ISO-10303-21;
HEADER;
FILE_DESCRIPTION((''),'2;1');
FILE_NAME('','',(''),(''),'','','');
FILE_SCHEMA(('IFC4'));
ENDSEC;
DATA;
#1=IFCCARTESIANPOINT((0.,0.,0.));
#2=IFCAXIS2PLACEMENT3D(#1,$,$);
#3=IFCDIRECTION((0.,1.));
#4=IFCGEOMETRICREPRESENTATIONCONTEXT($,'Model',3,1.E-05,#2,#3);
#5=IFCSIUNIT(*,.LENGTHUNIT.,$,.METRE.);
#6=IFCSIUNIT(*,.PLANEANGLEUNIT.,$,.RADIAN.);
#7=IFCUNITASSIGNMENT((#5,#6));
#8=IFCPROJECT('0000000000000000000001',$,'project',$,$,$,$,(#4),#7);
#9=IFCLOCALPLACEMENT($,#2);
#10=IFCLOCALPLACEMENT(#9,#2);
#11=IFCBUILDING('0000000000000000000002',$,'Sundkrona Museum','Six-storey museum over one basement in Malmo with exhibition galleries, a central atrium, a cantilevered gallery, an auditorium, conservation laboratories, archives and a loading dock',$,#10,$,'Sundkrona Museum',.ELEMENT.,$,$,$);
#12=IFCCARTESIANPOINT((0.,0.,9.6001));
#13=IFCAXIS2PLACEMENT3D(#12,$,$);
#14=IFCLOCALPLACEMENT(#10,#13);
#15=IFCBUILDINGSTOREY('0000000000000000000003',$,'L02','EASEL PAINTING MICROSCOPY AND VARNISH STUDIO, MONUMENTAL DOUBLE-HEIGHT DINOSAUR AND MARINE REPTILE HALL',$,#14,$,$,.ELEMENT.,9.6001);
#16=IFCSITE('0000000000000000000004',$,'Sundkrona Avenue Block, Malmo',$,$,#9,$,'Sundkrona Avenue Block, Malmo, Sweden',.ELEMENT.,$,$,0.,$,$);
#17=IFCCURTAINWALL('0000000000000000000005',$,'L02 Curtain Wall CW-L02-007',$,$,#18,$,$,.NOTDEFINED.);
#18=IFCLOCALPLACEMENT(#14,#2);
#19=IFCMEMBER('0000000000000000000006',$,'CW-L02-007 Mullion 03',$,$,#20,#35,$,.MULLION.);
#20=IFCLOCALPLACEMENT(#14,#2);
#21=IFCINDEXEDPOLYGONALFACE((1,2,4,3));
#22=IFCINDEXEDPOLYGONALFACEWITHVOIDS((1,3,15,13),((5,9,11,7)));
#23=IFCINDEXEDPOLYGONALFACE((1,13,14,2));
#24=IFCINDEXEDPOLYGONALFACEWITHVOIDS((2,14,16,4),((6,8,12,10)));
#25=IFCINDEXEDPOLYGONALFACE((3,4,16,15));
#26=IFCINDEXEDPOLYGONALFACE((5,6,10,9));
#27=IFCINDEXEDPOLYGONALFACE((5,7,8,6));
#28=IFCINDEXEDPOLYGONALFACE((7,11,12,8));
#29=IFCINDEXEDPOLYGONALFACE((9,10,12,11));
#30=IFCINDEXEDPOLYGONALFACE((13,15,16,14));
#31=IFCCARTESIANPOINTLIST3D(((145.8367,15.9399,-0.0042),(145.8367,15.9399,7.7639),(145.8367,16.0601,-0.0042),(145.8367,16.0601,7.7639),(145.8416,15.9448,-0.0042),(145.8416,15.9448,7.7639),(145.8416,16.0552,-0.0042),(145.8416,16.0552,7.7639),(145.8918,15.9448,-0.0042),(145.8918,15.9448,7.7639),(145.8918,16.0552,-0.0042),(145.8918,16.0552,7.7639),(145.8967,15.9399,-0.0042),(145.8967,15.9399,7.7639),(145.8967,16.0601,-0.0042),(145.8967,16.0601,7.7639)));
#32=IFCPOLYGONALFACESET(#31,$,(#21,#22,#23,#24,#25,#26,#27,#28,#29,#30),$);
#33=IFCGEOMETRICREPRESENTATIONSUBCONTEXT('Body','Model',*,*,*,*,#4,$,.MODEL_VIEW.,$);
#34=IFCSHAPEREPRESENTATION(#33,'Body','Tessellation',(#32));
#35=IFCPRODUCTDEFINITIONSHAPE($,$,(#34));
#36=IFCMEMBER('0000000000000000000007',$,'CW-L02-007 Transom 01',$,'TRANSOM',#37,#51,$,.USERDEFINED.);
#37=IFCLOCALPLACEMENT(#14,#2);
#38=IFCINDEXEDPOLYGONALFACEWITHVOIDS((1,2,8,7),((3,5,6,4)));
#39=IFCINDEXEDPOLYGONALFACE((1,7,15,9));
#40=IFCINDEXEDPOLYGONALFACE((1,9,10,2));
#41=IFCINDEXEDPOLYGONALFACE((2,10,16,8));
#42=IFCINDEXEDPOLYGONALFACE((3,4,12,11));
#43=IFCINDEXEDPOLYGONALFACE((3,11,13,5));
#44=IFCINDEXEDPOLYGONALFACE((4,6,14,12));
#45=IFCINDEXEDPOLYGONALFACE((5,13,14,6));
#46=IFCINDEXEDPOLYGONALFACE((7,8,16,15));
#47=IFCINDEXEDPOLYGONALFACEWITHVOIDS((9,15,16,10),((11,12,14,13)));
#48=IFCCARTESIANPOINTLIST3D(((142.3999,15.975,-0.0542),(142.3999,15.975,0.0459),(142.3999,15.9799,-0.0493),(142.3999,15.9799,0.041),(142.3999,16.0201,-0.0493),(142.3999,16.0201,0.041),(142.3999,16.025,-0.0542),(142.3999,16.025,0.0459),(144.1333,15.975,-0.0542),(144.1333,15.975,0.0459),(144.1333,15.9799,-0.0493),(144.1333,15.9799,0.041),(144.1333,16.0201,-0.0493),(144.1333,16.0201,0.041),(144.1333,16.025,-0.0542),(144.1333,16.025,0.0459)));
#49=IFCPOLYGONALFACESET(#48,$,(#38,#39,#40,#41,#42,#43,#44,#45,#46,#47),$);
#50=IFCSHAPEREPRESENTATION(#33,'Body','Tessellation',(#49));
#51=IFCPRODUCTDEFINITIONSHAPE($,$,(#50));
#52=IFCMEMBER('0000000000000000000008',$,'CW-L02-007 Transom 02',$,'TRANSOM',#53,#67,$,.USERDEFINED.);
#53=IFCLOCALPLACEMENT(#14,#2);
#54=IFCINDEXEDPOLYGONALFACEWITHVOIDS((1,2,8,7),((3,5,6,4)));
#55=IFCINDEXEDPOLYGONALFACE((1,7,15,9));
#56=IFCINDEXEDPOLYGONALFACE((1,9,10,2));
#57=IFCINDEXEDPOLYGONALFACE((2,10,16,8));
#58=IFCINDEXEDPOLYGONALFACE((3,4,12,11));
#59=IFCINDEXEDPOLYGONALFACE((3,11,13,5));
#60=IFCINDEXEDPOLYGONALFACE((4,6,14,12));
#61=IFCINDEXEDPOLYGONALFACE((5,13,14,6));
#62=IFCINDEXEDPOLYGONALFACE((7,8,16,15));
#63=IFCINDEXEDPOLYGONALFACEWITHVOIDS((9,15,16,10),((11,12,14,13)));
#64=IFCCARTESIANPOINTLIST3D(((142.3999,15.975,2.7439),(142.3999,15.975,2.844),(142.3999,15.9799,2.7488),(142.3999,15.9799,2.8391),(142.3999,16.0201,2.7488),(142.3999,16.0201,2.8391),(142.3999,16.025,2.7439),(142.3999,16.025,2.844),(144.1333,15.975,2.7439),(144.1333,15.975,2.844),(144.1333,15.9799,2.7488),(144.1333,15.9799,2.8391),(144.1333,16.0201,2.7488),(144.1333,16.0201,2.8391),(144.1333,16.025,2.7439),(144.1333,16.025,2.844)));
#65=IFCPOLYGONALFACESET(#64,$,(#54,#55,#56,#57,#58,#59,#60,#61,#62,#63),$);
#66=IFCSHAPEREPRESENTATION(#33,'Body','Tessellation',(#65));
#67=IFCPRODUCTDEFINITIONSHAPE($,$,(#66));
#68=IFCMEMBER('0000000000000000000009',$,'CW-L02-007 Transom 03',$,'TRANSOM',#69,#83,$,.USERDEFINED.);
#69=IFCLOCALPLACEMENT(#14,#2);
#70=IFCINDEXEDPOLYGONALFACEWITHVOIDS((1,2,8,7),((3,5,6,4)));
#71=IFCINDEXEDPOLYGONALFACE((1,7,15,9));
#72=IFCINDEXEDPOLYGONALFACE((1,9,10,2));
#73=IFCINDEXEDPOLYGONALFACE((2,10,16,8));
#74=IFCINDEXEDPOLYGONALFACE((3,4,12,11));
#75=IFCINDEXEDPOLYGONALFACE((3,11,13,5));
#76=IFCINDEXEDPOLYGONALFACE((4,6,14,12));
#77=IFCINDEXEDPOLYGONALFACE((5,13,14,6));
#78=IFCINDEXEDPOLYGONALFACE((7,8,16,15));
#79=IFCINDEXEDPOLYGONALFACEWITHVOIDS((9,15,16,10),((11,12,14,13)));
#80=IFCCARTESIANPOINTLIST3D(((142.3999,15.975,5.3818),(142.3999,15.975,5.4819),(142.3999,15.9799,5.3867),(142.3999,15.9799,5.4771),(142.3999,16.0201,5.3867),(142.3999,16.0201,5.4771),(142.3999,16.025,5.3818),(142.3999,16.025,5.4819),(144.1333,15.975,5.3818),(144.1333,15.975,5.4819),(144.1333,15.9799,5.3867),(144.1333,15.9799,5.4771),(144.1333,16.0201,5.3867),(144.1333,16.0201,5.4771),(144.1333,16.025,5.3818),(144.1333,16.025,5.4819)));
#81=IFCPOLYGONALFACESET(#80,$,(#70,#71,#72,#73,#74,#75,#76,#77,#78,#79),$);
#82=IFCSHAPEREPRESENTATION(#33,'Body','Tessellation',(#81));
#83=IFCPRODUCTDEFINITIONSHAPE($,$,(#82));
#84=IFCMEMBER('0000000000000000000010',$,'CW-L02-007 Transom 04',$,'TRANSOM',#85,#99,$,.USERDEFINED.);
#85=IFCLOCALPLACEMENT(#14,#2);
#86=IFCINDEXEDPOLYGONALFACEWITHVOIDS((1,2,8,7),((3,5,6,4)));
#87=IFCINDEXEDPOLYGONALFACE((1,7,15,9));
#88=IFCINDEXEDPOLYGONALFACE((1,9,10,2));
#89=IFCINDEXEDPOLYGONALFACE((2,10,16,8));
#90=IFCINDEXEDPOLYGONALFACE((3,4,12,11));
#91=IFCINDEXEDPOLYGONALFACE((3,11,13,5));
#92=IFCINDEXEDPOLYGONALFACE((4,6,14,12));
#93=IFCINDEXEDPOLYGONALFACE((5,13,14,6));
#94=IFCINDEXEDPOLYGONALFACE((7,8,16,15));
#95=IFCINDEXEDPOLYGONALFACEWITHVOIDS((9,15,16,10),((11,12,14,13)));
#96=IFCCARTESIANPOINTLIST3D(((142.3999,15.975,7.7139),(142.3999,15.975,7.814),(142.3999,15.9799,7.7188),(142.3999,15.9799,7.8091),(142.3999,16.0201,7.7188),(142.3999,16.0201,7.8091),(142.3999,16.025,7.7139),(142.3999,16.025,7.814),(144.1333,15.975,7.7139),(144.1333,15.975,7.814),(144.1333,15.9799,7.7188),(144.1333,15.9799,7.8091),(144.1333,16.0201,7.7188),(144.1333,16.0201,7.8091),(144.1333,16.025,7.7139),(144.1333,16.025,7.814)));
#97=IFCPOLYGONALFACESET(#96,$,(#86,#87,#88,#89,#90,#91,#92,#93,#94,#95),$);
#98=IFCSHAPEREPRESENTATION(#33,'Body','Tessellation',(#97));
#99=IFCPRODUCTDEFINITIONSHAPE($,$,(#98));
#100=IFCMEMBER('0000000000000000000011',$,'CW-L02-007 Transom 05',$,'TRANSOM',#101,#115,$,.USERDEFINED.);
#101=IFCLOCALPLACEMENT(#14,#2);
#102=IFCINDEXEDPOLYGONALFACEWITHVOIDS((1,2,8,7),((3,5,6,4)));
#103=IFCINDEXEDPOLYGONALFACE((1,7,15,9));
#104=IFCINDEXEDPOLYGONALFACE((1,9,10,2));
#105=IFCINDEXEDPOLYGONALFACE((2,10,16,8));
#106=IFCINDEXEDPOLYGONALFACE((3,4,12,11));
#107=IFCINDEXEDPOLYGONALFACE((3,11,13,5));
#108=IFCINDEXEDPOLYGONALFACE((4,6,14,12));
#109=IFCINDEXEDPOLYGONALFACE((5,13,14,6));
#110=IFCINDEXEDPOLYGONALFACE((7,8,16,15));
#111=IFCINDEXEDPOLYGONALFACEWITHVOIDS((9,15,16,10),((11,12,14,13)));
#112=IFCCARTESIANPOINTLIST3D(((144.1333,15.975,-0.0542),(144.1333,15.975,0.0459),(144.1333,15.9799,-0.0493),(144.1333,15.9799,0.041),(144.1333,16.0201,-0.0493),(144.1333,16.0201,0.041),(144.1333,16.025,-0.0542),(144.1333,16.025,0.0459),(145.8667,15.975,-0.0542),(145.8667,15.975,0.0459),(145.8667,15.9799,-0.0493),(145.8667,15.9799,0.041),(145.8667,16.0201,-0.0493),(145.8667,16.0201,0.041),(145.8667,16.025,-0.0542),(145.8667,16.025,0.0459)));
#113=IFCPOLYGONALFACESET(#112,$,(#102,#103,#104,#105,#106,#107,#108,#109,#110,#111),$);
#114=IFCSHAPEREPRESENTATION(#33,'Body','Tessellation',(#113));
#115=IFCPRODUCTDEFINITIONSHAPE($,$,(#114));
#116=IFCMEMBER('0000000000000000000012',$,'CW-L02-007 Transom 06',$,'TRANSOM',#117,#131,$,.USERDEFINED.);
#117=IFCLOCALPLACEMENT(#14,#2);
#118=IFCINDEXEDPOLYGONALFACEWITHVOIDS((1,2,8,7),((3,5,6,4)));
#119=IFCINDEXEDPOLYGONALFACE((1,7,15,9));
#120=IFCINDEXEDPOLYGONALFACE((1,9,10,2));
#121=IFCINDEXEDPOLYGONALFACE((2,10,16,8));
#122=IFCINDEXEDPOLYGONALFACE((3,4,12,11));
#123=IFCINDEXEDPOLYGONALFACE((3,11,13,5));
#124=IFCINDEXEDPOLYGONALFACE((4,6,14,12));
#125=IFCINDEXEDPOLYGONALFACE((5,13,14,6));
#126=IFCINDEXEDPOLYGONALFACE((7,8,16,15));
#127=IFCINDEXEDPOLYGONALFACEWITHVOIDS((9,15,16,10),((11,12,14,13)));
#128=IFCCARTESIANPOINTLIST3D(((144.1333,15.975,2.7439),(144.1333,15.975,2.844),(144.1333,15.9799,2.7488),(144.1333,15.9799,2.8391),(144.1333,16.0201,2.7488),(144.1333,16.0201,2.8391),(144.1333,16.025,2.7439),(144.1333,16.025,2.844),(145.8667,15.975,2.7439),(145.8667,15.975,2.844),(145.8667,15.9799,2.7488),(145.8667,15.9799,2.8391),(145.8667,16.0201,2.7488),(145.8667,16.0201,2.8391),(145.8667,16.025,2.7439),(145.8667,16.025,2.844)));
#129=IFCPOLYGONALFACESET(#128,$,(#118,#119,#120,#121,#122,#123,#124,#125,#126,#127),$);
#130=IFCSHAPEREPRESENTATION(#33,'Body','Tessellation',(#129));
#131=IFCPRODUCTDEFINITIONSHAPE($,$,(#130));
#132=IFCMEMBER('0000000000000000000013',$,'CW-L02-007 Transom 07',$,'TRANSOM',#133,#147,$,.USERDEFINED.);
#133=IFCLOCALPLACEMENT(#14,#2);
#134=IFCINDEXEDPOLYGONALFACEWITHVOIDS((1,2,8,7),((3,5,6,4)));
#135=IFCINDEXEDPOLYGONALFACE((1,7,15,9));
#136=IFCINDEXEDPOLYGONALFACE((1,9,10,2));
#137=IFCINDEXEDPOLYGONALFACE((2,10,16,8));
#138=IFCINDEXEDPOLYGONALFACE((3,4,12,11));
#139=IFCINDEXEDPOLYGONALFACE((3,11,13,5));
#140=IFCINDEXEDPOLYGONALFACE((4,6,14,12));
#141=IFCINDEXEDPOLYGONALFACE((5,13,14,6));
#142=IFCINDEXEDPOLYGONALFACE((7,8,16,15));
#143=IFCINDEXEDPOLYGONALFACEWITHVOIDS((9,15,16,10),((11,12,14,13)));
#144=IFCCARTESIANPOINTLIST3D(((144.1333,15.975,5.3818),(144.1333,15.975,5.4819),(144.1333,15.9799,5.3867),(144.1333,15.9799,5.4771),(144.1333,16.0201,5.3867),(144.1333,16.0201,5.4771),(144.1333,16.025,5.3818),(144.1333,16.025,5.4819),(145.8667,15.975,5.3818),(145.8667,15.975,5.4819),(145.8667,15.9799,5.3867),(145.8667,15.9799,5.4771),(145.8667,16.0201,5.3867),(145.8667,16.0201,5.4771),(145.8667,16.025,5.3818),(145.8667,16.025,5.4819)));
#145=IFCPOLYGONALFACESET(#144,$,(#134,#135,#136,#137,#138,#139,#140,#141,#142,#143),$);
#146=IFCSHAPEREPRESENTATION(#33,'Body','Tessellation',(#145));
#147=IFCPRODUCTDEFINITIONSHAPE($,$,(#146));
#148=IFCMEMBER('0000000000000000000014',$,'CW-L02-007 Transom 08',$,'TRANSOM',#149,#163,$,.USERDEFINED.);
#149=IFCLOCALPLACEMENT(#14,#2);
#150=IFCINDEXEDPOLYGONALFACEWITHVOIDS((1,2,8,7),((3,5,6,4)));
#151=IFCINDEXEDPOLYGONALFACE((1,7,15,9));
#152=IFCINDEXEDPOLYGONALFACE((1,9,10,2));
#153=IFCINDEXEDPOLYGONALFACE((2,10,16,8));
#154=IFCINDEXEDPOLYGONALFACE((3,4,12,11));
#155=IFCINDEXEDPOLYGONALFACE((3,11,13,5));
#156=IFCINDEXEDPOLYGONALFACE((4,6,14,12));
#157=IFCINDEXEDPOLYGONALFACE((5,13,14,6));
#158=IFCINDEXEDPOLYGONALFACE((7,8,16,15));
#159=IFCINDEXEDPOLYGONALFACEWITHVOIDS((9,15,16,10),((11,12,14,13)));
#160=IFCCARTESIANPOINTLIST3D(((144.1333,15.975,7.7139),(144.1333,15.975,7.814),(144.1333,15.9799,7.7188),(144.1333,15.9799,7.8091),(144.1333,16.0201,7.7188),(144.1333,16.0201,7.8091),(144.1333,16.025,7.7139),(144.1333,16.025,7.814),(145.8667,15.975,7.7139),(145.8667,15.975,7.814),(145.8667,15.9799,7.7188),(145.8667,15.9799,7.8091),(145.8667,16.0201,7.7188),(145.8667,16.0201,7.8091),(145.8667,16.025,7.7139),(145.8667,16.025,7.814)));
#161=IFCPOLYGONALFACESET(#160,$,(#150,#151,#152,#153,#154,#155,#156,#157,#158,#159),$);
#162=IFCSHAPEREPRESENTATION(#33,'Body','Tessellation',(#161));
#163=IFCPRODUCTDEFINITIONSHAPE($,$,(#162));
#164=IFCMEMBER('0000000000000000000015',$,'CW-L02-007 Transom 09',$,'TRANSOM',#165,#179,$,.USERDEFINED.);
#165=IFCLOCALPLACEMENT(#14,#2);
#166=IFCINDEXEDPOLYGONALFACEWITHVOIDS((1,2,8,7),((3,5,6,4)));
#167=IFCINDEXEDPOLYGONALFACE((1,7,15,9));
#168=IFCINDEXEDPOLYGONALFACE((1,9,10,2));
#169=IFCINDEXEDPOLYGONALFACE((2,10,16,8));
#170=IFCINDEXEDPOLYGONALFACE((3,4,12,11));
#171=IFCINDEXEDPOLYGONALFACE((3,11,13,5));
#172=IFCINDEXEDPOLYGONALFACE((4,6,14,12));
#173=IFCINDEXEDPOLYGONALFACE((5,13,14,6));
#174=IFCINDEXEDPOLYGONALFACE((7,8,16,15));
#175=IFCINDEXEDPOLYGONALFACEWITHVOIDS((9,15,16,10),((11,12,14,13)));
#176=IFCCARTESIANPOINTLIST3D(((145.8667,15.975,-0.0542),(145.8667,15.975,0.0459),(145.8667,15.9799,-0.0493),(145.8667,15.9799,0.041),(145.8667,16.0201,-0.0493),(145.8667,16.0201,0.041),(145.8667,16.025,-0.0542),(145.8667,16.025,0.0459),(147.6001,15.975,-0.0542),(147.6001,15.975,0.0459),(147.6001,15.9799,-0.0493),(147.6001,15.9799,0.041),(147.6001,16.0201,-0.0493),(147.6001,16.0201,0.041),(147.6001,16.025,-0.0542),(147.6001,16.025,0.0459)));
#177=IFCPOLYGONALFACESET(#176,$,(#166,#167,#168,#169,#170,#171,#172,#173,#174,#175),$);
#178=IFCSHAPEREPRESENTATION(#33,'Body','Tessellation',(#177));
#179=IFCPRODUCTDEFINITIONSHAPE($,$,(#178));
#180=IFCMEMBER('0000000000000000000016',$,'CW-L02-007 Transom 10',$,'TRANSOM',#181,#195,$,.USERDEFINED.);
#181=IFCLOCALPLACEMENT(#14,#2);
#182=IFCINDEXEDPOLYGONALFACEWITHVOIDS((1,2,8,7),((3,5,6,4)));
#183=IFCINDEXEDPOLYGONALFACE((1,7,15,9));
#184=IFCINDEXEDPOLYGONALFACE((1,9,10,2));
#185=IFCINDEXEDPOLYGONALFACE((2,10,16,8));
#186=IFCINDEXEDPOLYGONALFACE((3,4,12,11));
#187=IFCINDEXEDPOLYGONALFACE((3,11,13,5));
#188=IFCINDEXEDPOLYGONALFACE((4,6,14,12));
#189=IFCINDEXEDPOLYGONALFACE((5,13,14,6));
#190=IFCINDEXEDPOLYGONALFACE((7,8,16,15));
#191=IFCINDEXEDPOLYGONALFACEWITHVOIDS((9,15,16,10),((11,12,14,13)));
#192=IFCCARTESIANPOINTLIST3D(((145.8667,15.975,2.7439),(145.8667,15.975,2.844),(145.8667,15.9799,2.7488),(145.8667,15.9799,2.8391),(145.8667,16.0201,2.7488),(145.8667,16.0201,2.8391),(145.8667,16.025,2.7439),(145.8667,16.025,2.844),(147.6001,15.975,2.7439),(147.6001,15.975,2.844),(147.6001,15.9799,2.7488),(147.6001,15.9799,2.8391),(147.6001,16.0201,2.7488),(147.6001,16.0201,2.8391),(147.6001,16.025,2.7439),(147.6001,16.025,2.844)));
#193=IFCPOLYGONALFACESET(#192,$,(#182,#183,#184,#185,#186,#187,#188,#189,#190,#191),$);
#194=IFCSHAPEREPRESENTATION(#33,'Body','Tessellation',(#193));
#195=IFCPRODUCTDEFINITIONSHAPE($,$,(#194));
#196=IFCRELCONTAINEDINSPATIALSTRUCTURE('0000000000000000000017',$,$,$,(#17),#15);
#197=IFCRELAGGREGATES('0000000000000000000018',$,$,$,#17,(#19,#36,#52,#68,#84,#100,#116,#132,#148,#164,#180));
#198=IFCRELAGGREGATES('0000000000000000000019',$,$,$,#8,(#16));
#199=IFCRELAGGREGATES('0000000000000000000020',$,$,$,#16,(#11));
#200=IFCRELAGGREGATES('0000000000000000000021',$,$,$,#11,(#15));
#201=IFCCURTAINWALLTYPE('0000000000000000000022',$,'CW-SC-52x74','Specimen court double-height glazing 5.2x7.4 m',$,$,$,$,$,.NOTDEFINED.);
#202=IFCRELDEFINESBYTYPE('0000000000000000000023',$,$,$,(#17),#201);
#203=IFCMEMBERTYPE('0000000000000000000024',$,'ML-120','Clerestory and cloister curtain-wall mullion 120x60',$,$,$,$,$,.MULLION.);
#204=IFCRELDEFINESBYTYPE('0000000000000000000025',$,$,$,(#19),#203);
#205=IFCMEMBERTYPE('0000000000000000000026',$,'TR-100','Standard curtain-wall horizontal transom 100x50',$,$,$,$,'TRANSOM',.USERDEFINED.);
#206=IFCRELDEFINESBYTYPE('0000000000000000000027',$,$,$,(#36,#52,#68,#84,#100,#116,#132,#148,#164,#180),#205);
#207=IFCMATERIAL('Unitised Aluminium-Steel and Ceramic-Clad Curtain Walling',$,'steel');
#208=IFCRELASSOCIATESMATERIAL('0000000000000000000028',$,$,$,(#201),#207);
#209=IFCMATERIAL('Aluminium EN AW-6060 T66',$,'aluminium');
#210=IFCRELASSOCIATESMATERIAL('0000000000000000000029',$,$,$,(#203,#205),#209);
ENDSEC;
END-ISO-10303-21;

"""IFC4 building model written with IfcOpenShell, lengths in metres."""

from ifc_helpers import new_model, si_unit, direction, frame, origin, origin_2d, place, context, subcontext, project, spatial, hollow_rectangle, extrude, material, material_profile, profile_set, type_object, element, aggregate, save


model = new_model("IFC4")

# Units and contexts
model_context = context("Model", 3, precision=1e-05, world=origin(), true_north=direction((0.0, 1.0)))
body_context = subcontext(model_context, "Body", "Model", "MODEL_VIEW")
ifc_project = project(units=[si_unit("LENGTHUNIT", "METRE"), si_unit("PLANEANGLEUNIT", "RADIAN")], contexts=[model_context])

# Site, building, storey
site_placement = place(None, origin())
site = spatial("IfcSite", under=ifc_project, at=site_placement, Name="Sundkrona Avenue Block, Malmo", LongName="Sundkrona Avenue Block, Malmo, Sweden", CompositionType="ELEMENT", RefElevation=0.0)
building_placement = place(site_placement, origin())
building = spatial("IfcBuilding", under=site, at=building_placement, Name="Sundkrona Museum", Description="Six-storey museum over one basement in Malmo with exhibition galleries, a central atrium, a cantilevered gallery, an auditorium, conservation laboratories, archives and a loading dock", LongName="Sundkrona Museum", CompositionType="ELEMENT")
storey_placement = place(building_placement, frame((0.0, 0.0, 9.6001)))
storey = spatial("IfcBuildingStorey", under=building, at=storey_placement, Name="L02", Description="EASEL PAINTING MICROSCOPY AND VARNISH STUDIO, MONUMENTAL DOUBLE-HEIGHT DINOSAUR AND MARINE REPTILE HALL", CompositionType="ELEMENT", Elevation=9.6001)

# Curtain wall, members
ifc_material_1 = material(Name="Unitised Aluminium-Steel and Ceramic-Clad Curtain Walling", Category="steel")
curtain_wall_type = type_object("IfcCurtainWallType", Name="CW-SC-52x74", Description="Specimen court double-height glazing 5.2x7.4 m", PredefinedType="NOTDEFINED", material=ifc_material_1)
curtain_wall_placement = place(storey_placement, origin())
curtain_wall = element("IfcCurtainWall", 1, at=curtain_wall_placement, inside=storey, type_object=curtain_wall_type, Name="L02 Curtain Wall CW-L02-007", PredefinedType="NOTDEFINED")
ifc_material_2 = material(Name="Aluminium EN AW-6060 T66", Category="aluminium")
ifc_material_profile_1 = material_profile(ifc_material_2, hollow_rectangle(XDim=0.0601, YDim=0.1201, WallThickness=0.0049, at=origin_2d()), Name="RHS 120x60x5.0")
ifc_profile_set_1 = profile_set([ifc_material_profile_1], Name="Aluminium EN AW-6060 T66")
member_type_1 = type_object("IfcMemberType", Name="ML-120", Description="Clerestory and cloister curtain-wall mullion 120x60", PredefinedType="MULLION", material=ifc_profile_set_1)
member_1_placement = place(storey_placement, frame((145.8667, 16.0, -0.0042), z_axis=(0.0, 0.0, 1.0), x_axis=(1.0, 0.0, 0.0)))
member_1 = element("IfcMember", 2, at=member_1_placement, type_object=member_type_1, Name="CW-L02-007 Mullion 03", PredefinedType="MULLION", context=body_context, shape_type="SweptSolid", body=[
    extrude(hollow_rectangle(XDim=0.0601, YDim=0.1201, WallThickness=0.0049, at=origin_2d()), origin(), (0.0, 0.0, 1.0), 7.7681),
])
ifc_material_profile_2 = material_profile(ifc_material_2, hollow_rectangle(XDim=0.05, YDim=0.1001, WallThickness=0.0049, at=origin_2d()), Name="RHS 100x50x5.0")
ifc_profile_set_2 = profile_set([ifc_material_profile_2], Name="Aluminium EN AW-6060 T66")
member_type_2 = type_object("IfcMemberType", Name="TR-100", Description="Standard curtain-wall horizontal transom 100x50", ElementType="TRANSOM", PredefinedType="USERDEFINED", material=ifc_profile_set_2)
member_2_placement = place(storey_placement, frame((142.3999, 16.0, -0.0042), z_axis=(1.0, 0.0, 0.0), x_axis=(0.0, 1.0, 0.0)))
member_2 = element("IfcMember", 3, at=member_2_placement, type_object=member_type_2, Name="CW-L02-007 Transom 01", ObjectType="TRANSOM", PredefinedType="USERDEFINED", context=body_context, shape_type="SweptSolid", body=[
    extrude(hollow_rectangle(XDim=0.05, YDim=0.1001, WallThickness=0.0049, at=origin_2d()), origin(), (0.0, 0.0, 1.0), 1.7334),
])
member_3_placement = place(storey_placement, frame((142.3999, 16.0, 2.7939), z_axis=(1.0, 0.0, 0.0), x_axis=(0.0, 1.0, 0.0)))
member_3 = element("IfcMember", 4, at=member_3_placement, type_object=member_type_2, Name="CW-L02-007 Transom 02", ObjectType="TRANSOM", PredefinedType="USERDEFINED", context=body_context, shape_type="SweptSolid", body=[
    extrude(hollow_rectangle(XDim=0.05, YDim=0.1001, WallThickness=0.0049, at=origin_2d()), origin(), (0.0, 0.0, 1.0), 1.7334),
])
member_4_placement = place(storey_placement, frame((142.3999, 16.0, 5.4319), z_axis=(1.0, 0.0, 0.0), x_axis=(0.0, 1.0, 0.0)))
member_4 = element("IfcMember", 5, at=member_4_placement, type_object=member_type_2, Name="CW-L02-007 Transom 03", ObjectType="TRANSOM", PredefinedType="USERDEFINED", context=body_context, shape_type="SweptSolid", body=[
    extrude(hollow_rectangle(XDim=0.05, YDim=0.1001, WallThickness=0.0049, at=origin_2d()), origin(), (0.0, 0.0, 1.0), 1.7334),
])
member_5_placement = place(storey_placement, frame((142.3999, 16.0, 7.7639), z_axis=(1.0, 0.0, 0.0), x_axis=(0.0, 1.0, 0.0)))
member_5 = element("IfcMember", 6, at=member_5_placement, type_object=member_type_2, Name="CW-L02-007 Transom 04", ObjectType="TRANSOM", PredefinedType="USERDEFINED", context=body_context, shape_type="SweptSolid", body=[
    extrude(hollow_rectangle(XDim=0.05, YDim=0.1001, WallThickness=0.0049, at=origin_2d()), origin(), (0.0, 0.0, 1.0), 1.7334),
])
member_6_placement = place(storey_placement, frame((144.1333, 16.0, -0.0042), z_axis=(1.0, 0.0, 0.0), x_axis=(0.0, 1.0, 0.0)))
member_6 = element("IfcMember", 7, at=member_6_placement, type_object=member_type_2, Name="CW-L02-007 Transom 05", ObjectType="TRANSOM", PredefinedType="USERDEFINED", context=body_context, shape_type="SweptSolid", body=[
    extrude(hollow_rectangle(XDim=0.05, YDim=0.1001, WallThickness=0.0049, at=origin_2d()), origin(), (0.0, 0.0, 1.0), 1.7334),
])
member_7_placement = place(storey_placement, frame((144.1333, 16.0, 2.7939), z_axis=(1.0, 0.0, 0.0), x_axis=(0.0, 1.0, 0.0)))
member_7 = element("IfcMember", 8, at=member_7_placement, type_object=member_type_2, Name="CW-L02-007 Transom 06", ObjectType="TRANSOM", PredefinedType="USERDEFINED", context=body_context, shape_type="SweptSolid", body=[
    extrude(hollow_rectangle(XDim=0.05, YDim=0.1001, WallThickness=0.0049, at=origin_2d()), origin(), (0.0, 0.0, 1.0), 1.7334),
])
member_8_placement = place(storey_placement, frame((144.1333, 16.0, 5.4319), z_axis=(1.0, 0.0, 0.0), x_axis=(0.0, 1.0, 0.0)))
member_8 = element("IfcMember", 9, at=member_8_placement, type_object=member_type_2, Name="CW-L02-007 Transom 07", ObjectType="TRANSOM", PredefinedType="USERDEFINED", context=body_context, shape_type="SweptSolid", body=[
    extrude(hollow_rectangle(XDim=0.05, YDim=0.1001, WallThickness=0.0049, at=origin_2d()), origin(), (0.0, 0.0, 1.0), 1.7334),
])
member_9_placement = place(storey_placement, frame((144.1333, 16.0, 7.7639), z_axis=(1.0, 0.0, 0.0), x_axis=(0.0, 1.0, 0.0)))
member_9 = element("IfcMember", 10, at=member_9_placement, type_object=member_type_2, Name="CW-L02-007 Transom 08", ObjectType="TRANSOM", PredefinedType="USERDEFINED", context=body_context, shape_type="SweptSolid", body=[
    extrude(hollow_rectangle(XDim=0.05, YDim=0.1001, WallThickness=0.0049, at=origin_2d()), origin(), (0.0, 0.0, 1.0), 1.7334),
])
member_10_placement = place(storey_placement, frame((145.8667, 16.0, -0.0042), z_axis=(1.0, 0.0, 0.0), x_axis=(0.0, 1.0, 0.0)))
member_10 = element("IfcMember", 11, at=member_10_placement, type_object=member_type_2, Name="CW-L02-007 Transom 09", ObjectType="TRANSOM", PredefinedType="USERDEFINED", context=body_context, shape_type="SweptSolid", body=[
    extrude(hollow_rectangle(XDim=0.05, YDim=0.1001, WallThickness=0.0049, at=origin_2d()), origin(), (0.0, 0.0, 1.0), 1.7334),
])
member_11_placement = place(storey_placement, frame((145.8667, 16.0, 2.7939), z_axis=(1.0, 0.0, 0.0), x_axis=(0.0, 1.0, 0.0)))
member_11 = element("IfcMember", 12, at=member_11_placement, type_object=member_type_2, Name="CW-L02-007 Transom 10", ObjectType="TRANSOM", PredefinedType="USERDEFINED", context=body_context, shape_type="SweptSolid", body=[
    extrude(hollow_rectangle(XDim=0.05, YDim=0.1001, WallThickness=0.0049, at=origin_2d()), origin(), (0.0, 0.0, 1.0), 1.7334),
])
aggregate(curtain_wall, [member_1, member_2, member_3, member_4, member_5, member_6, member_7, member_8, member_9, member_10, member_11])

save(model, "model.ifc")
